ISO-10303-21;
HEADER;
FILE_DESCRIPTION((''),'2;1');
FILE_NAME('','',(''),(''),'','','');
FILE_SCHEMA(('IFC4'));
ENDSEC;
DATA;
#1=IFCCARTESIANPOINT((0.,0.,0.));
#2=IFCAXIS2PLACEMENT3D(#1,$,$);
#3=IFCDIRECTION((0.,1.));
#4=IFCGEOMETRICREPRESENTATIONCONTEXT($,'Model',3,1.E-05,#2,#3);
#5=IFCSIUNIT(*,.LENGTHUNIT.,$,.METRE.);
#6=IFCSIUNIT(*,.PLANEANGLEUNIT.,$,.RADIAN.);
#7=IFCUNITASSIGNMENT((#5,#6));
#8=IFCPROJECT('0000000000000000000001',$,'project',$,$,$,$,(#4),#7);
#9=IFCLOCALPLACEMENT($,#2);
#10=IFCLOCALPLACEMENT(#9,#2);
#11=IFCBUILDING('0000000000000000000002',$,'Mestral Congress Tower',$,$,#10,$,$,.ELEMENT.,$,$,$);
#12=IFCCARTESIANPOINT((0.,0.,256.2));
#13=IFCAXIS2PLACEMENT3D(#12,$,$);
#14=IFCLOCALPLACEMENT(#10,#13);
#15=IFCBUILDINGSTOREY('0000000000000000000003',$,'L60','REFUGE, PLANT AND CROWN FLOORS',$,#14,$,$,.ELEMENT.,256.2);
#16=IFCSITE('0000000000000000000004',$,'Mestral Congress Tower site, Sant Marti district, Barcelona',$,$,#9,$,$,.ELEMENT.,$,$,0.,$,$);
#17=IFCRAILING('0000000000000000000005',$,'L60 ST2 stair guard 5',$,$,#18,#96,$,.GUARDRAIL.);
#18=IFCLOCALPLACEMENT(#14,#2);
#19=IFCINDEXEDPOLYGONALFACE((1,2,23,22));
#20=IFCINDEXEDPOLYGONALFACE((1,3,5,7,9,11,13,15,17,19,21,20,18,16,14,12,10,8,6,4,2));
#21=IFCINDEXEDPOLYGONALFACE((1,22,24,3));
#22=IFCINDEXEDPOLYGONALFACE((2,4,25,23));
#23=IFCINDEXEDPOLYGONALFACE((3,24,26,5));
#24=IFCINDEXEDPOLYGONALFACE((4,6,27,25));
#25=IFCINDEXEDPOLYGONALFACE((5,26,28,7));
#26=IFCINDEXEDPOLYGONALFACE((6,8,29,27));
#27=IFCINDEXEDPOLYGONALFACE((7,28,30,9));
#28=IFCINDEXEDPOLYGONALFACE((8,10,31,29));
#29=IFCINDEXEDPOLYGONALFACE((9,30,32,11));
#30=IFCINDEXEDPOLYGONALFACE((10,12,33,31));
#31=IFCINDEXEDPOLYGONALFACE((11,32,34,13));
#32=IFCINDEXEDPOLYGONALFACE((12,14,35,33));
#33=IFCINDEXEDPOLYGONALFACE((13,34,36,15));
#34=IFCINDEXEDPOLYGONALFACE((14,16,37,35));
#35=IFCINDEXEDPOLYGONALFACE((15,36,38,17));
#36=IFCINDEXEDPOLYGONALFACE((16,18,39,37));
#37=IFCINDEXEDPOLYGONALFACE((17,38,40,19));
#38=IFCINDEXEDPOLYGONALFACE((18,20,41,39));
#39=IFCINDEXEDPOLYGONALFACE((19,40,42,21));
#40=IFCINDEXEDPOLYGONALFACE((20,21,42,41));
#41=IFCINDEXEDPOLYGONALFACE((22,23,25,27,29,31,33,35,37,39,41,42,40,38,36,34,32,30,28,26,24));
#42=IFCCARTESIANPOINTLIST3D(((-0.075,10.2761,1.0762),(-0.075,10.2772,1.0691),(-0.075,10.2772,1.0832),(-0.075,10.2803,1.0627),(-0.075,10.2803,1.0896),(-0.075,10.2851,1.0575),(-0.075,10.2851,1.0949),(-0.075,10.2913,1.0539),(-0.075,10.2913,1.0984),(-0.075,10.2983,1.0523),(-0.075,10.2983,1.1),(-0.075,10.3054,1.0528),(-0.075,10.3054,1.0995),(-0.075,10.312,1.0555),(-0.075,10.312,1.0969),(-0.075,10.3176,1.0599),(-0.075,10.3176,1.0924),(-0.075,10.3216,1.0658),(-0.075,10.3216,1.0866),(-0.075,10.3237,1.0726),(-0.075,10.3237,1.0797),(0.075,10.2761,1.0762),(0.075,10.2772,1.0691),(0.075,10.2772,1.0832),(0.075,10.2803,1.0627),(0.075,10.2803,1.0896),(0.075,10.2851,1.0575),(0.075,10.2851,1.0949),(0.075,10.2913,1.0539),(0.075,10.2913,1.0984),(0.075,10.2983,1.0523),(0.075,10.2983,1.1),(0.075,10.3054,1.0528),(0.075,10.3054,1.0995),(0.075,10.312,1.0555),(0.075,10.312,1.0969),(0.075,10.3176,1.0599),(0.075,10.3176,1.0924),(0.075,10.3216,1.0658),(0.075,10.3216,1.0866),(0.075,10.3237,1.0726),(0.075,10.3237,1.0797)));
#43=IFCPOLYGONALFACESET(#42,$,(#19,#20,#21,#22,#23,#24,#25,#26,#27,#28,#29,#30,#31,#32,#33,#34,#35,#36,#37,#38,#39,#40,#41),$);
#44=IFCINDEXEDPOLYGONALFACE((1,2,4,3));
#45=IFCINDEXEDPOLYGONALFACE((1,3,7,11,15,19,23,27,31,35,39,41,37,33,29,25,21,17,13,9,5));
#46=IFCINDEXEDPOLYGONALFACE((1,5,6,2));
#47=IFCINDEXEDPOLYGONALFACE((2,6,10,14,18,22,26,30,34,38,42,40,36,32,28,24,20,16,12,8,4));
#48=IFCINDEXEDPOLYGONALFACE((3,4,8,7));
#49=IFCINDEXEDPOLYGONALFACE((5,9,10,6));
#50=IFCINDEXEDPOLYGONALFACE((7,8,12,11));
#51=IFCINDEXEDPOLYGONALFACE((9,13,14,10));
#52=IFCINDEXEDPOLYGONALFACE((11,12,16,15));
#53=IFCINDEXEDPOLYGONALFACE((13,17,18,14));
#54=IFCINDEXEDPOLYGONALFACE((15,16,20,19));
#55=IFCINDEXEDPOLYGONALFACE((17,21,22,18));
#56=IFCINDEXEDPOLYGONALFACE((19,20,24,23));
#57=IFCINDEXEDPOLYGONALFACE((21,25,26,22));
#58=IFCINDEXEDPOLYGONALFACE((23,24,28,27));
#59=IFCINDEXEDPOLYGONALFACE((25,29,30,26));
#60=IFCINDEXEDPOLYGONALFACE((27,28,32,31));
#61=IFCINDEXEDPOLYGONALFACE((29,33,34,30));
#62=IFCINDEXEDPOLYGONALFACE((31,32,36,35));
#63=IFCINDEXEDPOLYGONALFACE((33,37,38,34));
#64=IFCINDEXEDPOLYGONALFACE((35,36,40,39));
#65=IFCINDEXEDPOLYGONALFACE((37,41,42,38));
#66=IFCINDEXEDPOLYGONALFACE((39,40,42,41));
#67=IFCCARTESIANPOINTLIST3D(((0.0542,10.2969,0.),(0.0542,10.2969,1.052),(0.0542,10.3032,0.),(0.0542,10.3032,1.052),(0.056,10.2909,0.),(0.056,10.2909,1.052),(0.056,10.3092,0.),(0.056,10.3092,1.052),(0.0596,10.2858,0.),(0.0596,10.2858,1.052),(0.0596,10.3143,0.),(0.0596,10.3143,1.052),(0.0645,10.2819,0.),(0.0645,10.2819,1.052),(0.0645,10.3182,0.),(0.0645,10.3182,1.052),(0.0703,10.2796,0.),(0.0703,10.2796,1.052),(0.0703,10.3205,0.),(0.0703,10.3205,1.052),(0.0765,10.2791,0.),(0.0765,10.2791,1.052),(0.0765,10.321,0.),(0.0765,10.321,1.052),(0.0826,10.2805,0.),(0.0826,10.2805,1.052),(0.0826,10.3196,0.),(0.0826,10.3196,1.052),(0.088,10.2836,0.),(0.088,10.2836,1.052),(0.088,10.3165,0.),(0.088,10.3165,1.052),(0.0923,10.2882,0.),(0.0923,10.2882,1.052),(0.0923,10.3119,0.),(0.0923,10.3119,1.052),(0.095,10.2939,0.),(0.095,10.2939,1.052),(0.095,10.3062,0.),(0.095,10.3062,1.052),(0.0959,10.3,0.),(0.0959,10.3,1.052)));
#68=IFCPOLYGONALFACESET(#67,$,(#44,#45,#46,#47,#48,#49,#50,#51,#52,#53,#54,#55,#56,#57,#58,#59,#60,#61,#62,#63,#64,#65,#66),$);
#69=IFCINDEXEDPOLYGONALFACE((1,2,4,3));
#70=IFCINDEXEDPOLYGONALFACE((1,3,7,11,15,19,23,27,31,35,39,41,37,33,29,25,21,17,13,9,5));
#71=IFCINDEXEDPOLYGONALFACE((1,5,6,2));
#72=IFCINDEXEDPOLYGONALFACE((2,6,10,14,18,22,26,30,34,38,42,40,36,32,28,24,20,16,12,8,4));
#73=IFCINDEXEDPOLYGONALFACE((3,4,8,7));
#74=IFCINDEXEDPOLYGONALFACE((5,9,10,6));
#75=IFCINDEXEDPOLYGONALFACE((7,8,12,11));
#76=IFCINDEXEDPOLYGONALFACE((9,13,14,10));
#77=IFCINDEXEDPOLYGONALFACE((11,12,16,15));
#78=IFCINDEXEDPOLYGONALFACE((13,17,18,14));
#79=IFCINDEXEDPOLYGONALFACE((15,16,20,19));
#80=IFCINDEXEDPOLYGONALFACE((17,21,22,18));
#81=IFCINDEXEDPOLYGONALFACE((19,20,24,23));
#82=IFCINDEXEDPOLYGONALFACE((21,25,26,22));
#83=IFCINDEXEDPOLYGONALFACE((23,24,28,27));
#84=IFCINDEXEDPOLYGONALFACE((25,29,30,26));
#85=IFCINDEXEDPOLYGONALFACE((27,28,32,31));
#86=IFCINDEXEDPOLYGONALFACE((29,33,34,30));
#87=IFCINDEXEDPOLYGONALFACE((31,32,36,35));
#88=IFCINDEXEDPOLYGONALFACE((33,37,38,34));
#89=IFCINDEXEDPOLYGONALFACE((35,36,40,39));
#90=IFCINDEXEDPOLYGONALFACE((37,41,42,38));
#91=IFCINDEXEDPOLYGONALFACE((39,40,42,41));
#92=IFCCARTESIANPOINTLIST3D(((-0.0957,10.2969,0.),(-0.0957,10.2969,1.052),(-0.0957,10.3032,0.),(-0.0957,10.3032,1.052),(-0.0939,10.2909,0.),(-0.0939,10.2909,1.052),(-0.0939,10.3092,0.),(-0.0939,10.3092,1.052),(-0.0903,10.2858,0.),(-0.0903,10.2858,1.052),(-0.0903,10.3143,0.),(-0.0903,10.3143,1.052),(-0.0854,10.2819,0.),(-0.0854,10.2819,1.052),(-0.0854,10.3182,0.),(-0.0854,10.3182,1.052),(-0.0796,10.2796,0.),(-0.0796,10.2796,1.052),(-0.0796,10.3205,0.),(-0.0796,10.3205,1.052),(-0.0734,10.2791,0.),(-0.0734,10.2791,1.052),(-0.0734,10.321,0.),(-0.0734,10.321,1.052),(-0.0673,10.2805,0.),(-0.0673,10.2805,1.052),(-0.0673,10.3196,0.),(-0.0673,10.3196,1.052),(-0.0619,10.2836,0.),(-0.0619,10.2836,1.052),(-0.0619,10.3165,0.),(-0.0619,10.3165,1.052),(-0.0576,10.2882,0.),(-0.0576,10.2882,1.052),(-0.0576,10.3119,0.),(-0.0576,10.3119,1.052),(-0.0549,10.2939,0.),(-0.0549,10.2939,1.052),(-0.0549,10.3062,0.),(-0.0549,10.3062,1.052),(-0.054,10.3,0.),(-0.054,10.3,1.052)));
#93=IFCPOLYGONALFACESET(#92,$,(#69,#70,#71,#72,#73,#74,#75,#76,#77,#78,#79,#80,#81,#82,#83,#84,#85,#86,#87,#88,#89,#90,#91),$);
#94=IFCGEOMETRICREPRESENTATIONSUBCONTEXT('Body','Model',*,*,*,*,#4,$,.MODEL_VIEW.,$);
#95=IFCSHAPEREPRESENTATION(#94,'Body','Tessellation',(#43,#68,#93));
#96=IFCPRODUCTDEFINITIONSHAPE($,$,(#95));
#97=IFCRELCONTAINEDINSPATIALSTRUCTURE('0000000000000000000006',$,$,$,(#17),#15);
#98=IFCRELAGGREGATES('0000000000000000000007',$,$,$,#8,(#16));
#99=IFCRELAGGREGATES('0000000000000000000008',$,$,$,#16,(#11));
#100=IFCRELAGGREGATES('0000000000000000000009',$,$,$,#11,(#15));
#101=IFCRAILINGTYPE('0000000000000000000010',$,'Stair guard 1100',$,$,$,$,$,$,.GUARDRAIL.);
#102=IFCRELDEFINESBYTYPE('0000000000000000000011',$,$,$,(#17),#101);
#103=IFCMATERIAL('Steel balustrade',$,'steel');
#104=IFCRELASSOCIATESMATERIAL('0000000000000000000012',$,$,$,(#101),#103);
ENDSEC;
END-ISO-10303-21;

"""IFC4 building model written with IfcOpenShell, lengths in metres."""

from ifc_helpers import new_model, si_unit, direction, frame, origin, origin_2d, place, context, subcontext, project, spatial, circle, extrude, material, type_object, element, save


model = new_model("IFC4")

# Units and contexts
model_context = context("Model", 3, precision=1e-05, world=origin(), true_north=direction((0.0, 1.0)))
body_context = subcontext(model_context, "Body", "Model", "MODEL_VIEW")
ifc_project = project(units=[si_unit("LENGTHUNIT", "METRE"), si_unit("PLANEANGLEUNIT", "RADIAN")], contexts=[model_context])

# Site, building, storey
site_placement = place(None, origin())
site = spatial("IfcSite", under=ifc_project, at=site_placement, Name="Mestral Congress Tower site, Sant Marti district, Barcelona", CompositionType="ELEMENT", RefElevation=0.0)
building_placement = place(site_placement, origin())
building = spatial("IfcBuilding", under=site, at=building_placement, Name="Mestral Congress Tower", CompositionType="ELEMENT")
storey_placement = place(building_placement, frame((0.0, 0.0, 256.2)))
storey = spatial("IfcBuildingStorey", under=building, at=storey_placement, Name="L60", Description="REFUGE, PLANT AND CROWN FLOORS", CompositionType="ELEMENT", Elevation=256.2)

# Railing
ifc_material_1 = material(Name="Steel balustrade", Category="steel")
railing_type = type_object("IfcRailingType", Name="Stair guard 1100", PredefinedType="GUARDRAIL", material=ifc_material_1)
railing_1_placement = place(storey_placement, frame((0.075, 10.3, 0.0)))
element("IfcRailing", 1, at=railing_1_placement, inside=storey, type_object=railing_type, Name="L60 ST2 stair guard 5", PredefinedType="GUARDRAIL", context=body_context, shape_type="SweptSolid", body=[
    extrude(circle(Radius=0.0239, at=origin_2d()), frame((0.0, 0.0, 1.0762), z_axis=(-1.0, 0.0, 0.0), x_axis=(0.0, -1.0, 0.0)), (0.0, 0.0, 1.0), 0.1499),
    extrude(circle(Radius=0.021, at=origin_2d()), origin(), (0.0, 0.0, 1.0), 1.052),
    extrude(circle(Radius=0.021, at=origin_2d()), frame((-0.1499, 0.0, 0.0)), (0.0, 0.0, 1.0), 1.052),
])

save(model, "model.ifc")
